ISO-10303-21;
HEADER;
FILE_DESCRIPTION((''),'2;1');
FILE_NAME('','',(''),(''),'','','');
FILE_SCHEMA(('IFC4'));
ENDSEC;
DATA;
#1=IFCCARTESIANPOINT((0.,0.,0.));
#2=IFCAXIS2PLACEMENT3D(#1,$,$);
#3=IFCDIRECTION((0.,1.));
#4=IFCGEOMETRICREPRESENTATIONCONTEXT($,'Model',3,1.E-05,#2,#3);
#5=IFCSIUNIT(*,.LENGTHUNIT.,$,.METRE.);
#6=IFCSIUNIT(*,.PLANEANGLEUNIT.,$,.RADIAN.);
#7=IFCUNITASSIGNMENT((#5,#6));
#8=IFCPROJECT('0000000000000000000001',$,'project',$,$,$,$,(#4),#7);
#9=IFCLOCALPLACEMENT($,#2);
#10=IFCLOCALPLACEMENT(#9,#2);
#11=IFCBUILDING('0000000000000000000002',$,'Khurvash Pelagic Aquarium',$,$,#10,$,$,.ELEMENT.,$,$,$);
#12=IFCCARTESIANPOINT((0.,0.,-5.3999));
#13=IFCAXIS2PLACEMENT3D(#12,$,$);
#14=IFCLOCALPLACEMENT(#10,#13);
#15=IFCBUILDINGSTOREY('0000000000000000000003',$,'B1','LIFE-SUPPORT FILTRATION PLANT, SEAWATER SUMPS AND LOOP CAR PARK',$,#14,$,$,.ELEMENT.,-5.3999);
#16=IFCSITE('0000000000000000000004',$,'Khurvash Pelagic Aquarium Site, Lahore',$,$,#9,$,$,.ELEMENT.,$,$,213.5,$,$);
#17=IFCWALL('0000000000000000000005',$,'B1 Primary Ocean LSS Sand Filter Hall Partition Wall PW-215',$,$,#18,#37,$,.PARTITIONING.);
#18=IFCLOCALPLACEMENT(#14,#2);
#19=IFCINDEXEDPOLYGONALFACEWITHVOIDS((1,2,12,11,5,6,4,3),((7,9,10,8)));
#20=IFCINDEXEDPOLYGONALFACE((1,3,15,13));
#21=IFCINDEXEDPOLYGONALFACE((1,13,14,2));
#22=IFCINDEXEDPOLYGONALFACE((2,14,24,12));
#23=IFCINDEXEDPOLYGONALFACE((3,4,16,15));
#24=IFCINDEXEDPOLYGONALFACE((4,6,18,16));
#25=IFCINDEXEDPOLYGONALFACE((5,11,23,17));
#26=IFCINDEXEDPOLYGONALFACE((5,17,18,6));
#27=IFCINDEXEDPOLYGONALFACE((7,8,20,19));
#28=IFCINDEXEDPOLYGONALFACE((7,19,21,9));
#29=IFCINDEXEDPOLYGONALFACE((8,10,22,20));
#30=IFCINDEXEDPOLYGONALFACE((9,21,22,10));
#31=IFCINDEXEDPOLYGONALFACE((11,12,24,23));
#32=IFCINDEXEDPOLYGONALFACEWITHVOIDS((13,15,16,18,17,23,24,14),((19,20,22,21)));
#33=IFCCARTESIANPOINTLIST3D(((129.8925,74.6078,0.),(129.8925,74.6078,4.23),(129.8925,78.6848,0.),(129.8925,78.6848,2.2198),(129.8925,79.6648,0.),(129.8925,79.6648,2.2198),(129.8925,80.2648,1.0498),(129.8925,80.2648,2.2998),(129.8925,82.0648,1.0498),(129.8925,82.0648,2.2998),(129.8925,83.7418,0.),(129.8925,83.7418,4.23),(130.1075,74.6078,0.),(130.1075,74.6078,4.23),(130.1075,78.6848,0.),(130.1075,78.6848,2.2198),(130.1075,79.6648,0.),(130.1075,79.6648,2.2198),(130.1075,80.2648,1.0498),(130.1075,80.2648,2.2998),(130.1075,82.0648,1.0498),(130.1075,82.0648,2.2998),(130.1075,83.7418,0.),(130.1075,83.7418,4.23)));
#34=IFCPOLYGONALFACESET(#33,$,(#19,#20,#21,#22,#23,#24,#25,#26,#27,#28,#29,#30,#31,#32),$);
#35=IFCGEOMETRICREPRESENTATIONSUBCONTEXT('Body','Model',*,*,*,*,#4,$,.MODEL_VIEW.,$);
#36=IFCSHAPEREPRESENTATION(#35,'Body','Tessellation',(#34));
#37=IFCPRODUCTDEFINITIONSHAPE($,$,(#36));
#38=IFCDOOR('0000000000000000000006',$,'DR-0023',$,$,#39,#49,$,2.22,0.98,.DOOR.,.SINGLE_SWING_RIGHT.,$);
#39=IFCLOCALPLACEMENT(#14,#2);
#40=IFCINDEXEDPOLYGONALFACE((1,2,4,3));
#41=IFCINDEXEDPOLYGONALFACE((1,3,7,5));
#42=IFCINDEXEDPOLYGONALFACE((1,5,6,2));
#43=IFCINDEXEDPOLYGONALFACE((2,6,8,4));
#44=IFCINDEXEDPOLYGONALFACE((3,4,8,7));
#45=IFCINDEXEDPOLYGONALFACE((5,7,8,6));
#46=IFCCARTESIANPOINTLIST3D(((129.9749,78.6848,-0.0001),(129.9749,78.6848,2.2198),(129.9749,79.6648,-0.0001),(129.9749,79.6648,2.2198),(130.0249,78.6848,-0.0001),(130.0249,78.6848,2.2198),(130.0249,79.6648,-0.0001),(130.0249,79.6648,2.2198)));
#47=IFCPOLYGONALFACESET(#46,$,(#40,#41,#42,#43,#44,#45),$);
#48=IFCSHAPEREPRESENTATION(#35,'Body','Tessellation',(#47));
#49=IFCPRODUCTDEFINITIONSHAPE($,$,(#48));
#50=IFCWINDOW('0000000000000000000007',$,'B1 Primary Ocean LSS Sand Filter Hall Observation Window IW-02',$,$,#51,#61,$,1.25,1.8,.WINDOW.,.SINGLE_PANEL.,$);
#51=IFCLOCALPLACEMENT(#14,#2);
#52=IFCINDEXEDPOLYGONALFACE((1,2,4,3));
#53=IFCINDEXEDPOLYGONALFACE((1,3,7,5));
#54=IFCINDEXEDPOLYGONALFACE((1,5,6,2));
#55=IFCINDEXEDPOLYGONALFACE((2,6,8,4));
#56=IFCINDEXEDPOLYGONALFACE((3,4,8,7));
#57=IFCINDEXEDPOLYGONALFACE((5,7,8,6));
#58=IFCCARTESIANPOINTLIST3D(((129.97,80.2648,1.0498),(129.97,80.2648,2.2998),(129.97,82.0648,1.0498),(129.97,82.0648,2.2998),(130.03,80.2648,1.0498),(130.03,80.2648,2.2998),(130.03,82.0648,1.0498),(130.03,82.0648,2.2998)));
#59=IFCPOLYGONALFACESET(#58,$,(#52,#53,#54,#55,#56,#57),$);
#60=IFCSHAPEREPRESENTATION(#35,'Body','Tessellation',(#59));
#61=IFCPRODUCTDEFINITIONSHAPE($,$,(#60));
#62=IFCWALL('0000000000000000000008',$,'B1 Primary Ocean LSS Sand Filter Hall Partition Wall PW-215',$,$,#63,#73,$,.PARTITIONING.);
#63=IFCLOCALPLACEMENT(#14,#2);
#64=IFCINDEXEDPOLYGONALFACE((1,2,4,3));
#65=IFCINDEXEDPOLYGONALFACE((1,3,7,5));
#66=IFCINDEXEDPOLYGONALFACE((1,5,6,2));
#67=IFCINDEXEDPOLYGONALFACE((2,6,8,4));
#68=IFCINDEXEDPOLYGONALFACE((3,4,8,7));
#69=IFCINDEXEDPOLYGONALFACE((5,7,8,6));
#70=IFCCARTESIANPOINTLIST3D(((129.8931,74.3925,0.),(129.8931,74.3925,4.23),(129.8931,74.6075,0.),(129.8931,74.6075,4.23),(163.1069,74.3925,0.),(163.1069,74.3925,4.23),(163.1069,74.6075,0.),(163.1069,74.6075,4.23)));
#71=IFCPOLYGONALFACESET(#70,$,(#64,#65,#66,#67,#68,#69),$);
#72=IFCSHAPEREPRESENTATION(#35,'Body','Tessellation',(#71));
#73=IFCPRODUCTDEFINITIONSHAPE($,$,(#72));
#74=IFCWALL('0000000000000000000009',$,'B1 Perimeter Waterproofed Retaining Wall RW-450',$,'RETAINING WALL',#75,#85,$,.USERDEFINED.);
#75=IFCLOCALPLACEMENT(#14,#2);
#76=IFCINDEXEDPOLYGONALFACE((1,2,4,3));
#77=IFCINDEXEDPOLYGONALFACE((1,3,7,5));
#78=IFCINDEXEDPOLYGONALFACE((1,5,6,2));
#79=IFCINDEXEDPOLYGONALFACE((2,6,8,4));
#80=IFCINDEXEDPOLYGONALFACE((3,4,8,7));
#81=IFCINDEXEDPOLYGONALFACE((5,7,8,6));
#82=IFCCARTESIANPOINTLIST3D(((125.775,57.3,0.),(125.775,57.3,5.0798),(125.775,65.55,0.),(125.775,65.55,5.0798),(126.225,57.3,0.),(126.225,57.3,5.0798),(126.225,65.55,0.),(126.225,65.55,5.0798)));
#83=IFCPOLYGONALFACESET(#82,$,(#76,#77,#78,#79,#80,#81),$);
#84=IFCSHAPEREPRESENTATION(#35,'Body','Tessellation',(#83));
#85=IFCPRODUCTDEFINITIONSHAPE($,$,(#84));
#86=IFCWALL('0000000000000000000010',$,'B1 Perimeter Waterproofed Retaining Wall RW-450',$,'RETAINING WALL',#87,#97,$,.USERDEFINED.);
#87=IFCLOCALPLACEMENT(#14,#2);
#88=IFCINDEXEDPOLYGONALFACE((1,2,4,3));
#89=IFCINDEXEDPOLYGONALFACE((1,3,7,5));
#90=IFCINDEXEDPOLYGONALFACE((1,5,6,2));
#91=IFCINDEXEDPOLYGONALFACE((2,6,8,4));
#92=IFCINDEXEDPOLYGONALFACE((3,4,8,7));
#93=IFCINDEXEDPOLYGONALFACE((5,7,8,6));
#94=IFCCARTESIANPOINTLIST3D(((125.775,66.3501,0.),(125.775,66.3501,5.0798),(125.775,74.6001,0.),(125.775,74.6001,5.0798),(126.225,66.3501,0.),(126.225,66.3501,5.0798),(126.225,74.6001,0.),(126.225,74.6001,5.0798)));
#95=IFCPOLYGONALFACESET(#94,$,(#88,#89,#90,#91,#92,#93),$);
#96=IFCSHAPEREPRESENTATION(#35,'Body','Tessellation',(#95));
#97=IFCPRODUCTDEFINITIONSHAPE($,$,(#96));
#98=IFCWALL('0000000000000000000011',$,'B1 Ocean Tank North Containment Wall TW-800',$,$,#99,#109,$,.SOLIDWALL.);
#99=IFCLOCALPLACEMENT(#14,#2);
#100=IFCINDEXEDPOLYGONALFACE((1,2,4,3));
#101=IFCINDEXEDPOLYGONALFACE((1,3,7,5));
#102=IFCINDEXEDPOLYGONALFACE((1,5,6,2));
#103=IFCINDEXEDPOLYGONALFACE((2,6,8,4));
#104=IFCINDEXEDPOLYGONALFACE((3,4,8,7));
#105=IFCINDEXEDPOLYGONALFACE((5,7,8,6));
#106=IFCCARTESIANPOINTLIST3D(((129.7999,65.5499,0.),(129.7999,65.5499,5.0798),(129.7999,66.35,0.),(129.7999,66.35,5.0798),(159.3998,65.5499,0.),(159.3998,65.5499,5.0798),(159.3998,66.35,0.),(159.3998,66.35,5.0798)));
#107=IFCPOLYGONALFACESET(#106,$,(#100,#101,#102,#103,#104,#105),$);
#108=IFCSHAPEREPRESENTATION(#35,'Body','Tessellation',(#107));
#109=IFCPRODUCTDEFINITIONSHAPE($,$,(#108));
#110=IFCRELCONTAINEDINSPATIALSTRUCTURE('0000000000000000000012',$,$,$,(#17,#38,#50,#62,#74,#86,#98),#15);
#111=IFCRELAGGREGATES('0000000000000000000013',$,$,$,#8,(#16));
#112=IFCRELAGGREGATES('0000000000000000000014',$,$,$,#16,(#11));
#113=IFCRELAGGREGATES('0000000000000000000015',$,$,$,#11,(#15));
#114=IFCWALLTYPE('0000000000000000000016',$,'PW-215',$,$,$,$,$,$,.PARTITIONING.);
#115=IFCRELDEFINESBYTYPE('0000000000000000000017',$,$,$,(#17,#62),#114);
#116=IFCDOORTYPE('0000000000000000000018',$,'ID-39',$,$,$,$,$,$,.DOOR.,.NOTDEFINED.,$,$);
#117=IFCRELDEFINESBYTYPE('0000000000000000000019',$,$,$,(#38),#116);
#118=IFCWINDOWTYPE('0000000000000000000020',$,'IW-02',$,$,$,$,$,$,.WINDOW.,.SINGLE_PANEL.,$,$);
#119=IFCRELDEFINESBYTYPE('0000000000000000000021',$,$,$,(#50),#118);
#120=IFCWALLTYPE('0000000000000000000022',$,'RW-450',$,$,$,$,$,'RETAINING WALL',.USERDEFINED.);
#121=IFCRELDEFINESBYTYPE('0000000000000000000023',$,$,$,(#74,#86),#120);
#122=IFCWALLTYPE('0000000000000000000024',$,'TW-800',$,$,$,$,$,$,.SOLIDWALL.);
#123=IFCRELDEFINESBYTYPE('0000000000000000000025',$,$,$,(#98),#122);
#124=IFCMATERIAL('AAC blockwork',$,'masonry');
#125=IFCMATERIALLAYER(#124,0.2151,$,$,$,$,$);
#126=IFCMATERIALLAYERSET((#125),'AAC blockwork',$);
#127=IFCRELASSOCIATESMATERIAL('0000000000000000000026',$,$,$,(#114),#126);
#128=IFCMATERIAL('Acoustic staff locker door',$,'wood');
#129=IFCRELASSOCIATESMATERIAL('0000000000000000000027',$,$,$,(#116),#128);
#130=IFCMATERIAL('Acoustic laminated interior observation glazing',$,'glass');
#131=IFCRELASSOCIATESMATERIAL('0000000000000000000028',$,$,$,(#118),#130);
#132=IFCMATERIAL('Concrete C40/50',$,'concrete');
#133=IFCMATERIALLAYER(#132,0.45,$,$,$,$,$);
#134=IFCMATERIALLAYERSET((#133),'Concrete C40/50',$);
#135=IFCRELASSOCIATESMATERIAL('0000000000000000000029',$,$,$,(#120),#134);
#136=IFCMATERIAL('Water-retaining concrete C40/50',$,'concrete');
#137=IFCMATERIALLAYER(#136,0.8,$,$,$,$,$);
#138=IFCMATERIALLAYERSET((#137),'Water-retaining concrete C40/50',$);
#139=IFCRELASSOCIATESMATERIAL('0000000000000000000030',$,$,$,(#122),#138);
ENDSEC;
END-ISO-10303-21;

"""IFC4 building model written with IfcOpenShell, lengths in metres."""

from ifc_helpers import new_model, si_unit, direction, frame, frame_2d, origin, place, context, subcontext, project, spatial, rectangle, extrude, material, layer, layer_set, type_object, element, fill, save


model = new_model("IFC4")

# Units and contexts
model_context = context("Model", 3, precision=1e-05, world=origin(), true_north=direction((0.0, 1.0)))
body_context = subcontext(model_context, "Body", "Model", "MODEL_VIEW")
ifc_project = project(units=[si_unit("LENGTHUNIT", "METRE"), si_unit("PLANEANGLEUNIT", "RADIAN")], contexts=[model_context])

# Site, building, storey
site_placement = place(None, origin())
site = spatial("IfcSite", under=ifc_project, at=site_placement, Name="Khurvash Pelagic Aquarium Site, Lahore", CompositionType="ELEMENT", RefElevation=213.5)
building_placement = place(site_placement, origin())
building = spatial("IfcBuilding", under=site, at=building_placement, Name="Khurvash Pelagic Aquarium", CompositionType="ELEMENT")
storey_placement = place(building_placement, frame((0.0, 0.0, -5.3999)))
storey = spatial("IfcBuildingStorey", under=building, at=storey_placement, Name="B1", Description="LIFE-SUPPORT FILTRATION PLANT, SEAWATER SUMPS AND LOOP CAR PARK", CompositionType="ELEMENT", Elevation=-5.3999)

# Shared definitions
ifc_material_1 = material(Name="Concrete C40/50", Category="concrete")
ifc_material_2 = material(Name="Water-retaining concrete C40/50", Category="concrete")

# Shared definitions
ifc_material_3 = material(Name="AAC blockwork", Category="masonry")

# Wall, openings, door, window
ifc_layer_1 = layer(ifc_material_3, 0.2151)
ifc_layer_set_1 = layer_set([ifc_layer_1], Name="AAC blockwork")
wall_type_1 = type_object("IfcWallType", Name="PW-215", PredefinedType="PARTITIONING", material=ifc_layer_set_1)
wall_1_placement = place(storey_placement, frame((130.0, 74.6079, 0.0), z_axis=(0.0, 0.0, 1.0), x_axis=(0.0, 1.0, 0.0)))
wall_1 = element("IfcWall", 1, at=wall_1_placement, inside=storey, type_object=wall_type_1, Name="B1 Primary Ocean LSS Sand Filter Hall Partition Wall PW-215", PredefinedType="PARTITIONING", context=body_context, shape_type="SweptSolid", body=[
    extrude(rectangle(XDim=9.134, YDim=0.2151, at=frame_2d((4.5669, 0.0))), origin(), (0.0, 0.0, 1.0), 4.23),
])
opening_1_placement = place(wall_1_placement, frame((4.0769, 0.0, 0.0)))
opening_1 = element("IfcOpeningElement", 2, at=opening_1_placement, cuts=wall_1, PredefinedType="OPENING", context=body_context, shape_type="SweptSolid", body=[
    extrude(rectangle(XDim=0.98, YDim=2.22, at=frame_2d((0.49, 1.1099))), frame((0.0, 0.1177, 0.0), z_axis=(0.0, -1.0, 0.0), x_axis=(1.0, 0.0, 0.0)), (0.0, 0.0, 1.0), 0.2351),
])
opening_2_placement = place(wall_1_placement, frame((5.657, 0.0, 1.0498)))
opening_2 = element("IfcOpeningElement", 3, at=opening_2_placement, cuts=wall_1, PredefinedType="OPENING", context=body_context, shape_type="SweptSolid", body=[
    extrude(rectangle(XDim=1.8, YDim=1.25, at=frame_2d((0.8999, 0.625))), frame((0.0, 0.1177, 0.0), z_axis=(0.0, -1.0, 0.0), x_axis=(1.0, 0.0, 0.0)), (0.0, 0.0, 1.0), 0.2351),
])
ifc_material_4 = material(Name="Acoustic staff locker door", Category="wood")
door_type_1 = type_object("IfcDoorType", Name="ID-39", OperationType="NOTDEFINED", PredefinedType="DOOR", material=ifc_material_4)
door_1_placement = place(opening_1_placement, frame((0.98, 0.0, 0.0), z_axis=(0.0, 0.0, 1.0), x_axis=(-1.0, 0.0, 0.0)))
door_1 = element("IfcDoor", 4, at=door_1_placement, inside=storey, type_object=door_type_1, Name="DR-0023", OperationType="SINGLE_SWING_RIGHT", OverallHeight=2.22, OverallWidth=0.98, PredefinedType="DOOR", context=body_context, shape_type="SweptSolid", body=[
    extrude(rectangle(XDim=0.98, YDim=2.22, at=frame_2d((0.49, 1.1099))), frame((0.0, 0.0249, 0.0), z_axis=(0.0, -1.0, 0.0), x_axis=(1.0, 0.0, 0.0)), (0.0, 0.0, 1.0), 0.05),
])
fill(opening_1, door_1)
ifc_material_5 = material(Name="Acoustic laminated interior observation glazing", Category="glass")
window_type = type_object("IfcWindowType", Name="IW-02", PartitioningType="SINGLE_PANEL", PredefinedType="WINDOW", material=ifc_material_5)
window_placement = place(opening_2_placement, origin())
window = element("IfcWindow", 5, at=window_placement, inside=storey, type_object=window_type, Name="B1 Primary Ocean LSS Sand Filter Hall Observation Window IW-02", OverallHeight=1.25, OverallWidth=1.8, PartitioningType="SINGLE_PANEL", PredefinedType="WINDOW", context=body_context, shape_type="SweptSolid", body=[
    extrude(rectangle(XDim=1.8, YDim=1.25, at=frame_2d((0.8999, 0.625))), frame((0.0, 0.03, 0.0), z_axis=(0.0, -1.0, 0.0), x_axis=(1.0, 0.0, 0.0)), (0.0, 0.0, 1.0), 0.0601),
])
fill(opening_2, window)

# Walls
wall_2_placement = place(storey_placement, frame((129.8931, 74.5, 0.0), z_axis=(0.0, 0.0, 1.0), x_axis=(1.0, 0.0, 0.0)))
element("IfcWall", 6, at=wall_2_placement, inside=storey, type_object=wall_type_1, Name="B1 Primary Ocean LSS Sand Filter Hall Partition Wall PW-215", PredefinedType="PARTITIONING", context=body_context, shape_type="SweptSolid", body=[
    extrude(rectangle(XDim=33.2139, YDim=0.2151, at=frame_2d((16.6069, 0.0))), origin(), (0.0, 0.0, 1.0), 4.23),
])
ifc_layer_2 = layer(ifc_material_1, 0.45)
ifc_layer_set_2 = layer_set([ifc_layer_2], Name="Concrete C40/50")
wall_type_2 = type_object("IfcWallType", Name="RW-450", ElementType="RETAINING WALL", PredefinedType="USERDEFINED", material=ifc_layer_set_2)
for number, where, z_axis, x_axis, name in (
    (7, (126.0, 57.3, 0.0), (0.0, 0.0, 1.0), (0.0, 1.0, 0.0), "B1 Perimeter Waterproofed Retaining Wall RW-450"),
    (8, (126.0, 66.3501, 0.0), (0.0, 0.0, 1.0), (0.0, 1.0, 0.0), "B1 Perimeter Waterproofed Retaining Wall RW-450"),
):
    element("IfcWall", number, at=place(storey_placement, frame(where, z_axis=z_axis, x_axis=x_axis)), inside=storey, type_object=wall_type_2, Name=name, ObjectType="RETAINING WALL", PredefinedType="USERDEFINED", context=body_context, shape_type="SweptSolid", body=[
        extrude(rectangle(XDim=8.25, YDim=0.45, at=frame_2d((4.125, 0.0))), origin(), (0.0, 0.0, 1.0), 5.0798),
    ])
ifc_layer_3 = layer(ifc_material_2, 0.8)
ifc_layer_set_3 = layer_set([ifc_layer_3], Name="Water-retaining concrete C40/50")
wall_type_3 = type_object("IfcWallType", Name="TW-800", PredefinedType="SOLIDWALL", material=ifc_layer_set_3)
wall_3_placement = place(storey_placement, frame((129.8, 65.95, 0.0), z_axis=(0.0, 0.0, 1.0), x_axis=(1.0, 0.0, 0.0)))
element("IfcWall", 9, at=wall_3_placement, inside=storey, type_object=wall_type_3, Name="B1 Ocean Tank North Containment Wall TW-800", PredefinedType="SOLIDWALL", context=body_context, shape_type="SweptSolid", body=[
    extrude(rectangle(XDim=29.5999, YDim=0.8, at=frame_2d((14.7998, 0.0))), origin(), (0.0, 0.0, 1.0), 5.0798),
])

save(model, "model.ifc")
